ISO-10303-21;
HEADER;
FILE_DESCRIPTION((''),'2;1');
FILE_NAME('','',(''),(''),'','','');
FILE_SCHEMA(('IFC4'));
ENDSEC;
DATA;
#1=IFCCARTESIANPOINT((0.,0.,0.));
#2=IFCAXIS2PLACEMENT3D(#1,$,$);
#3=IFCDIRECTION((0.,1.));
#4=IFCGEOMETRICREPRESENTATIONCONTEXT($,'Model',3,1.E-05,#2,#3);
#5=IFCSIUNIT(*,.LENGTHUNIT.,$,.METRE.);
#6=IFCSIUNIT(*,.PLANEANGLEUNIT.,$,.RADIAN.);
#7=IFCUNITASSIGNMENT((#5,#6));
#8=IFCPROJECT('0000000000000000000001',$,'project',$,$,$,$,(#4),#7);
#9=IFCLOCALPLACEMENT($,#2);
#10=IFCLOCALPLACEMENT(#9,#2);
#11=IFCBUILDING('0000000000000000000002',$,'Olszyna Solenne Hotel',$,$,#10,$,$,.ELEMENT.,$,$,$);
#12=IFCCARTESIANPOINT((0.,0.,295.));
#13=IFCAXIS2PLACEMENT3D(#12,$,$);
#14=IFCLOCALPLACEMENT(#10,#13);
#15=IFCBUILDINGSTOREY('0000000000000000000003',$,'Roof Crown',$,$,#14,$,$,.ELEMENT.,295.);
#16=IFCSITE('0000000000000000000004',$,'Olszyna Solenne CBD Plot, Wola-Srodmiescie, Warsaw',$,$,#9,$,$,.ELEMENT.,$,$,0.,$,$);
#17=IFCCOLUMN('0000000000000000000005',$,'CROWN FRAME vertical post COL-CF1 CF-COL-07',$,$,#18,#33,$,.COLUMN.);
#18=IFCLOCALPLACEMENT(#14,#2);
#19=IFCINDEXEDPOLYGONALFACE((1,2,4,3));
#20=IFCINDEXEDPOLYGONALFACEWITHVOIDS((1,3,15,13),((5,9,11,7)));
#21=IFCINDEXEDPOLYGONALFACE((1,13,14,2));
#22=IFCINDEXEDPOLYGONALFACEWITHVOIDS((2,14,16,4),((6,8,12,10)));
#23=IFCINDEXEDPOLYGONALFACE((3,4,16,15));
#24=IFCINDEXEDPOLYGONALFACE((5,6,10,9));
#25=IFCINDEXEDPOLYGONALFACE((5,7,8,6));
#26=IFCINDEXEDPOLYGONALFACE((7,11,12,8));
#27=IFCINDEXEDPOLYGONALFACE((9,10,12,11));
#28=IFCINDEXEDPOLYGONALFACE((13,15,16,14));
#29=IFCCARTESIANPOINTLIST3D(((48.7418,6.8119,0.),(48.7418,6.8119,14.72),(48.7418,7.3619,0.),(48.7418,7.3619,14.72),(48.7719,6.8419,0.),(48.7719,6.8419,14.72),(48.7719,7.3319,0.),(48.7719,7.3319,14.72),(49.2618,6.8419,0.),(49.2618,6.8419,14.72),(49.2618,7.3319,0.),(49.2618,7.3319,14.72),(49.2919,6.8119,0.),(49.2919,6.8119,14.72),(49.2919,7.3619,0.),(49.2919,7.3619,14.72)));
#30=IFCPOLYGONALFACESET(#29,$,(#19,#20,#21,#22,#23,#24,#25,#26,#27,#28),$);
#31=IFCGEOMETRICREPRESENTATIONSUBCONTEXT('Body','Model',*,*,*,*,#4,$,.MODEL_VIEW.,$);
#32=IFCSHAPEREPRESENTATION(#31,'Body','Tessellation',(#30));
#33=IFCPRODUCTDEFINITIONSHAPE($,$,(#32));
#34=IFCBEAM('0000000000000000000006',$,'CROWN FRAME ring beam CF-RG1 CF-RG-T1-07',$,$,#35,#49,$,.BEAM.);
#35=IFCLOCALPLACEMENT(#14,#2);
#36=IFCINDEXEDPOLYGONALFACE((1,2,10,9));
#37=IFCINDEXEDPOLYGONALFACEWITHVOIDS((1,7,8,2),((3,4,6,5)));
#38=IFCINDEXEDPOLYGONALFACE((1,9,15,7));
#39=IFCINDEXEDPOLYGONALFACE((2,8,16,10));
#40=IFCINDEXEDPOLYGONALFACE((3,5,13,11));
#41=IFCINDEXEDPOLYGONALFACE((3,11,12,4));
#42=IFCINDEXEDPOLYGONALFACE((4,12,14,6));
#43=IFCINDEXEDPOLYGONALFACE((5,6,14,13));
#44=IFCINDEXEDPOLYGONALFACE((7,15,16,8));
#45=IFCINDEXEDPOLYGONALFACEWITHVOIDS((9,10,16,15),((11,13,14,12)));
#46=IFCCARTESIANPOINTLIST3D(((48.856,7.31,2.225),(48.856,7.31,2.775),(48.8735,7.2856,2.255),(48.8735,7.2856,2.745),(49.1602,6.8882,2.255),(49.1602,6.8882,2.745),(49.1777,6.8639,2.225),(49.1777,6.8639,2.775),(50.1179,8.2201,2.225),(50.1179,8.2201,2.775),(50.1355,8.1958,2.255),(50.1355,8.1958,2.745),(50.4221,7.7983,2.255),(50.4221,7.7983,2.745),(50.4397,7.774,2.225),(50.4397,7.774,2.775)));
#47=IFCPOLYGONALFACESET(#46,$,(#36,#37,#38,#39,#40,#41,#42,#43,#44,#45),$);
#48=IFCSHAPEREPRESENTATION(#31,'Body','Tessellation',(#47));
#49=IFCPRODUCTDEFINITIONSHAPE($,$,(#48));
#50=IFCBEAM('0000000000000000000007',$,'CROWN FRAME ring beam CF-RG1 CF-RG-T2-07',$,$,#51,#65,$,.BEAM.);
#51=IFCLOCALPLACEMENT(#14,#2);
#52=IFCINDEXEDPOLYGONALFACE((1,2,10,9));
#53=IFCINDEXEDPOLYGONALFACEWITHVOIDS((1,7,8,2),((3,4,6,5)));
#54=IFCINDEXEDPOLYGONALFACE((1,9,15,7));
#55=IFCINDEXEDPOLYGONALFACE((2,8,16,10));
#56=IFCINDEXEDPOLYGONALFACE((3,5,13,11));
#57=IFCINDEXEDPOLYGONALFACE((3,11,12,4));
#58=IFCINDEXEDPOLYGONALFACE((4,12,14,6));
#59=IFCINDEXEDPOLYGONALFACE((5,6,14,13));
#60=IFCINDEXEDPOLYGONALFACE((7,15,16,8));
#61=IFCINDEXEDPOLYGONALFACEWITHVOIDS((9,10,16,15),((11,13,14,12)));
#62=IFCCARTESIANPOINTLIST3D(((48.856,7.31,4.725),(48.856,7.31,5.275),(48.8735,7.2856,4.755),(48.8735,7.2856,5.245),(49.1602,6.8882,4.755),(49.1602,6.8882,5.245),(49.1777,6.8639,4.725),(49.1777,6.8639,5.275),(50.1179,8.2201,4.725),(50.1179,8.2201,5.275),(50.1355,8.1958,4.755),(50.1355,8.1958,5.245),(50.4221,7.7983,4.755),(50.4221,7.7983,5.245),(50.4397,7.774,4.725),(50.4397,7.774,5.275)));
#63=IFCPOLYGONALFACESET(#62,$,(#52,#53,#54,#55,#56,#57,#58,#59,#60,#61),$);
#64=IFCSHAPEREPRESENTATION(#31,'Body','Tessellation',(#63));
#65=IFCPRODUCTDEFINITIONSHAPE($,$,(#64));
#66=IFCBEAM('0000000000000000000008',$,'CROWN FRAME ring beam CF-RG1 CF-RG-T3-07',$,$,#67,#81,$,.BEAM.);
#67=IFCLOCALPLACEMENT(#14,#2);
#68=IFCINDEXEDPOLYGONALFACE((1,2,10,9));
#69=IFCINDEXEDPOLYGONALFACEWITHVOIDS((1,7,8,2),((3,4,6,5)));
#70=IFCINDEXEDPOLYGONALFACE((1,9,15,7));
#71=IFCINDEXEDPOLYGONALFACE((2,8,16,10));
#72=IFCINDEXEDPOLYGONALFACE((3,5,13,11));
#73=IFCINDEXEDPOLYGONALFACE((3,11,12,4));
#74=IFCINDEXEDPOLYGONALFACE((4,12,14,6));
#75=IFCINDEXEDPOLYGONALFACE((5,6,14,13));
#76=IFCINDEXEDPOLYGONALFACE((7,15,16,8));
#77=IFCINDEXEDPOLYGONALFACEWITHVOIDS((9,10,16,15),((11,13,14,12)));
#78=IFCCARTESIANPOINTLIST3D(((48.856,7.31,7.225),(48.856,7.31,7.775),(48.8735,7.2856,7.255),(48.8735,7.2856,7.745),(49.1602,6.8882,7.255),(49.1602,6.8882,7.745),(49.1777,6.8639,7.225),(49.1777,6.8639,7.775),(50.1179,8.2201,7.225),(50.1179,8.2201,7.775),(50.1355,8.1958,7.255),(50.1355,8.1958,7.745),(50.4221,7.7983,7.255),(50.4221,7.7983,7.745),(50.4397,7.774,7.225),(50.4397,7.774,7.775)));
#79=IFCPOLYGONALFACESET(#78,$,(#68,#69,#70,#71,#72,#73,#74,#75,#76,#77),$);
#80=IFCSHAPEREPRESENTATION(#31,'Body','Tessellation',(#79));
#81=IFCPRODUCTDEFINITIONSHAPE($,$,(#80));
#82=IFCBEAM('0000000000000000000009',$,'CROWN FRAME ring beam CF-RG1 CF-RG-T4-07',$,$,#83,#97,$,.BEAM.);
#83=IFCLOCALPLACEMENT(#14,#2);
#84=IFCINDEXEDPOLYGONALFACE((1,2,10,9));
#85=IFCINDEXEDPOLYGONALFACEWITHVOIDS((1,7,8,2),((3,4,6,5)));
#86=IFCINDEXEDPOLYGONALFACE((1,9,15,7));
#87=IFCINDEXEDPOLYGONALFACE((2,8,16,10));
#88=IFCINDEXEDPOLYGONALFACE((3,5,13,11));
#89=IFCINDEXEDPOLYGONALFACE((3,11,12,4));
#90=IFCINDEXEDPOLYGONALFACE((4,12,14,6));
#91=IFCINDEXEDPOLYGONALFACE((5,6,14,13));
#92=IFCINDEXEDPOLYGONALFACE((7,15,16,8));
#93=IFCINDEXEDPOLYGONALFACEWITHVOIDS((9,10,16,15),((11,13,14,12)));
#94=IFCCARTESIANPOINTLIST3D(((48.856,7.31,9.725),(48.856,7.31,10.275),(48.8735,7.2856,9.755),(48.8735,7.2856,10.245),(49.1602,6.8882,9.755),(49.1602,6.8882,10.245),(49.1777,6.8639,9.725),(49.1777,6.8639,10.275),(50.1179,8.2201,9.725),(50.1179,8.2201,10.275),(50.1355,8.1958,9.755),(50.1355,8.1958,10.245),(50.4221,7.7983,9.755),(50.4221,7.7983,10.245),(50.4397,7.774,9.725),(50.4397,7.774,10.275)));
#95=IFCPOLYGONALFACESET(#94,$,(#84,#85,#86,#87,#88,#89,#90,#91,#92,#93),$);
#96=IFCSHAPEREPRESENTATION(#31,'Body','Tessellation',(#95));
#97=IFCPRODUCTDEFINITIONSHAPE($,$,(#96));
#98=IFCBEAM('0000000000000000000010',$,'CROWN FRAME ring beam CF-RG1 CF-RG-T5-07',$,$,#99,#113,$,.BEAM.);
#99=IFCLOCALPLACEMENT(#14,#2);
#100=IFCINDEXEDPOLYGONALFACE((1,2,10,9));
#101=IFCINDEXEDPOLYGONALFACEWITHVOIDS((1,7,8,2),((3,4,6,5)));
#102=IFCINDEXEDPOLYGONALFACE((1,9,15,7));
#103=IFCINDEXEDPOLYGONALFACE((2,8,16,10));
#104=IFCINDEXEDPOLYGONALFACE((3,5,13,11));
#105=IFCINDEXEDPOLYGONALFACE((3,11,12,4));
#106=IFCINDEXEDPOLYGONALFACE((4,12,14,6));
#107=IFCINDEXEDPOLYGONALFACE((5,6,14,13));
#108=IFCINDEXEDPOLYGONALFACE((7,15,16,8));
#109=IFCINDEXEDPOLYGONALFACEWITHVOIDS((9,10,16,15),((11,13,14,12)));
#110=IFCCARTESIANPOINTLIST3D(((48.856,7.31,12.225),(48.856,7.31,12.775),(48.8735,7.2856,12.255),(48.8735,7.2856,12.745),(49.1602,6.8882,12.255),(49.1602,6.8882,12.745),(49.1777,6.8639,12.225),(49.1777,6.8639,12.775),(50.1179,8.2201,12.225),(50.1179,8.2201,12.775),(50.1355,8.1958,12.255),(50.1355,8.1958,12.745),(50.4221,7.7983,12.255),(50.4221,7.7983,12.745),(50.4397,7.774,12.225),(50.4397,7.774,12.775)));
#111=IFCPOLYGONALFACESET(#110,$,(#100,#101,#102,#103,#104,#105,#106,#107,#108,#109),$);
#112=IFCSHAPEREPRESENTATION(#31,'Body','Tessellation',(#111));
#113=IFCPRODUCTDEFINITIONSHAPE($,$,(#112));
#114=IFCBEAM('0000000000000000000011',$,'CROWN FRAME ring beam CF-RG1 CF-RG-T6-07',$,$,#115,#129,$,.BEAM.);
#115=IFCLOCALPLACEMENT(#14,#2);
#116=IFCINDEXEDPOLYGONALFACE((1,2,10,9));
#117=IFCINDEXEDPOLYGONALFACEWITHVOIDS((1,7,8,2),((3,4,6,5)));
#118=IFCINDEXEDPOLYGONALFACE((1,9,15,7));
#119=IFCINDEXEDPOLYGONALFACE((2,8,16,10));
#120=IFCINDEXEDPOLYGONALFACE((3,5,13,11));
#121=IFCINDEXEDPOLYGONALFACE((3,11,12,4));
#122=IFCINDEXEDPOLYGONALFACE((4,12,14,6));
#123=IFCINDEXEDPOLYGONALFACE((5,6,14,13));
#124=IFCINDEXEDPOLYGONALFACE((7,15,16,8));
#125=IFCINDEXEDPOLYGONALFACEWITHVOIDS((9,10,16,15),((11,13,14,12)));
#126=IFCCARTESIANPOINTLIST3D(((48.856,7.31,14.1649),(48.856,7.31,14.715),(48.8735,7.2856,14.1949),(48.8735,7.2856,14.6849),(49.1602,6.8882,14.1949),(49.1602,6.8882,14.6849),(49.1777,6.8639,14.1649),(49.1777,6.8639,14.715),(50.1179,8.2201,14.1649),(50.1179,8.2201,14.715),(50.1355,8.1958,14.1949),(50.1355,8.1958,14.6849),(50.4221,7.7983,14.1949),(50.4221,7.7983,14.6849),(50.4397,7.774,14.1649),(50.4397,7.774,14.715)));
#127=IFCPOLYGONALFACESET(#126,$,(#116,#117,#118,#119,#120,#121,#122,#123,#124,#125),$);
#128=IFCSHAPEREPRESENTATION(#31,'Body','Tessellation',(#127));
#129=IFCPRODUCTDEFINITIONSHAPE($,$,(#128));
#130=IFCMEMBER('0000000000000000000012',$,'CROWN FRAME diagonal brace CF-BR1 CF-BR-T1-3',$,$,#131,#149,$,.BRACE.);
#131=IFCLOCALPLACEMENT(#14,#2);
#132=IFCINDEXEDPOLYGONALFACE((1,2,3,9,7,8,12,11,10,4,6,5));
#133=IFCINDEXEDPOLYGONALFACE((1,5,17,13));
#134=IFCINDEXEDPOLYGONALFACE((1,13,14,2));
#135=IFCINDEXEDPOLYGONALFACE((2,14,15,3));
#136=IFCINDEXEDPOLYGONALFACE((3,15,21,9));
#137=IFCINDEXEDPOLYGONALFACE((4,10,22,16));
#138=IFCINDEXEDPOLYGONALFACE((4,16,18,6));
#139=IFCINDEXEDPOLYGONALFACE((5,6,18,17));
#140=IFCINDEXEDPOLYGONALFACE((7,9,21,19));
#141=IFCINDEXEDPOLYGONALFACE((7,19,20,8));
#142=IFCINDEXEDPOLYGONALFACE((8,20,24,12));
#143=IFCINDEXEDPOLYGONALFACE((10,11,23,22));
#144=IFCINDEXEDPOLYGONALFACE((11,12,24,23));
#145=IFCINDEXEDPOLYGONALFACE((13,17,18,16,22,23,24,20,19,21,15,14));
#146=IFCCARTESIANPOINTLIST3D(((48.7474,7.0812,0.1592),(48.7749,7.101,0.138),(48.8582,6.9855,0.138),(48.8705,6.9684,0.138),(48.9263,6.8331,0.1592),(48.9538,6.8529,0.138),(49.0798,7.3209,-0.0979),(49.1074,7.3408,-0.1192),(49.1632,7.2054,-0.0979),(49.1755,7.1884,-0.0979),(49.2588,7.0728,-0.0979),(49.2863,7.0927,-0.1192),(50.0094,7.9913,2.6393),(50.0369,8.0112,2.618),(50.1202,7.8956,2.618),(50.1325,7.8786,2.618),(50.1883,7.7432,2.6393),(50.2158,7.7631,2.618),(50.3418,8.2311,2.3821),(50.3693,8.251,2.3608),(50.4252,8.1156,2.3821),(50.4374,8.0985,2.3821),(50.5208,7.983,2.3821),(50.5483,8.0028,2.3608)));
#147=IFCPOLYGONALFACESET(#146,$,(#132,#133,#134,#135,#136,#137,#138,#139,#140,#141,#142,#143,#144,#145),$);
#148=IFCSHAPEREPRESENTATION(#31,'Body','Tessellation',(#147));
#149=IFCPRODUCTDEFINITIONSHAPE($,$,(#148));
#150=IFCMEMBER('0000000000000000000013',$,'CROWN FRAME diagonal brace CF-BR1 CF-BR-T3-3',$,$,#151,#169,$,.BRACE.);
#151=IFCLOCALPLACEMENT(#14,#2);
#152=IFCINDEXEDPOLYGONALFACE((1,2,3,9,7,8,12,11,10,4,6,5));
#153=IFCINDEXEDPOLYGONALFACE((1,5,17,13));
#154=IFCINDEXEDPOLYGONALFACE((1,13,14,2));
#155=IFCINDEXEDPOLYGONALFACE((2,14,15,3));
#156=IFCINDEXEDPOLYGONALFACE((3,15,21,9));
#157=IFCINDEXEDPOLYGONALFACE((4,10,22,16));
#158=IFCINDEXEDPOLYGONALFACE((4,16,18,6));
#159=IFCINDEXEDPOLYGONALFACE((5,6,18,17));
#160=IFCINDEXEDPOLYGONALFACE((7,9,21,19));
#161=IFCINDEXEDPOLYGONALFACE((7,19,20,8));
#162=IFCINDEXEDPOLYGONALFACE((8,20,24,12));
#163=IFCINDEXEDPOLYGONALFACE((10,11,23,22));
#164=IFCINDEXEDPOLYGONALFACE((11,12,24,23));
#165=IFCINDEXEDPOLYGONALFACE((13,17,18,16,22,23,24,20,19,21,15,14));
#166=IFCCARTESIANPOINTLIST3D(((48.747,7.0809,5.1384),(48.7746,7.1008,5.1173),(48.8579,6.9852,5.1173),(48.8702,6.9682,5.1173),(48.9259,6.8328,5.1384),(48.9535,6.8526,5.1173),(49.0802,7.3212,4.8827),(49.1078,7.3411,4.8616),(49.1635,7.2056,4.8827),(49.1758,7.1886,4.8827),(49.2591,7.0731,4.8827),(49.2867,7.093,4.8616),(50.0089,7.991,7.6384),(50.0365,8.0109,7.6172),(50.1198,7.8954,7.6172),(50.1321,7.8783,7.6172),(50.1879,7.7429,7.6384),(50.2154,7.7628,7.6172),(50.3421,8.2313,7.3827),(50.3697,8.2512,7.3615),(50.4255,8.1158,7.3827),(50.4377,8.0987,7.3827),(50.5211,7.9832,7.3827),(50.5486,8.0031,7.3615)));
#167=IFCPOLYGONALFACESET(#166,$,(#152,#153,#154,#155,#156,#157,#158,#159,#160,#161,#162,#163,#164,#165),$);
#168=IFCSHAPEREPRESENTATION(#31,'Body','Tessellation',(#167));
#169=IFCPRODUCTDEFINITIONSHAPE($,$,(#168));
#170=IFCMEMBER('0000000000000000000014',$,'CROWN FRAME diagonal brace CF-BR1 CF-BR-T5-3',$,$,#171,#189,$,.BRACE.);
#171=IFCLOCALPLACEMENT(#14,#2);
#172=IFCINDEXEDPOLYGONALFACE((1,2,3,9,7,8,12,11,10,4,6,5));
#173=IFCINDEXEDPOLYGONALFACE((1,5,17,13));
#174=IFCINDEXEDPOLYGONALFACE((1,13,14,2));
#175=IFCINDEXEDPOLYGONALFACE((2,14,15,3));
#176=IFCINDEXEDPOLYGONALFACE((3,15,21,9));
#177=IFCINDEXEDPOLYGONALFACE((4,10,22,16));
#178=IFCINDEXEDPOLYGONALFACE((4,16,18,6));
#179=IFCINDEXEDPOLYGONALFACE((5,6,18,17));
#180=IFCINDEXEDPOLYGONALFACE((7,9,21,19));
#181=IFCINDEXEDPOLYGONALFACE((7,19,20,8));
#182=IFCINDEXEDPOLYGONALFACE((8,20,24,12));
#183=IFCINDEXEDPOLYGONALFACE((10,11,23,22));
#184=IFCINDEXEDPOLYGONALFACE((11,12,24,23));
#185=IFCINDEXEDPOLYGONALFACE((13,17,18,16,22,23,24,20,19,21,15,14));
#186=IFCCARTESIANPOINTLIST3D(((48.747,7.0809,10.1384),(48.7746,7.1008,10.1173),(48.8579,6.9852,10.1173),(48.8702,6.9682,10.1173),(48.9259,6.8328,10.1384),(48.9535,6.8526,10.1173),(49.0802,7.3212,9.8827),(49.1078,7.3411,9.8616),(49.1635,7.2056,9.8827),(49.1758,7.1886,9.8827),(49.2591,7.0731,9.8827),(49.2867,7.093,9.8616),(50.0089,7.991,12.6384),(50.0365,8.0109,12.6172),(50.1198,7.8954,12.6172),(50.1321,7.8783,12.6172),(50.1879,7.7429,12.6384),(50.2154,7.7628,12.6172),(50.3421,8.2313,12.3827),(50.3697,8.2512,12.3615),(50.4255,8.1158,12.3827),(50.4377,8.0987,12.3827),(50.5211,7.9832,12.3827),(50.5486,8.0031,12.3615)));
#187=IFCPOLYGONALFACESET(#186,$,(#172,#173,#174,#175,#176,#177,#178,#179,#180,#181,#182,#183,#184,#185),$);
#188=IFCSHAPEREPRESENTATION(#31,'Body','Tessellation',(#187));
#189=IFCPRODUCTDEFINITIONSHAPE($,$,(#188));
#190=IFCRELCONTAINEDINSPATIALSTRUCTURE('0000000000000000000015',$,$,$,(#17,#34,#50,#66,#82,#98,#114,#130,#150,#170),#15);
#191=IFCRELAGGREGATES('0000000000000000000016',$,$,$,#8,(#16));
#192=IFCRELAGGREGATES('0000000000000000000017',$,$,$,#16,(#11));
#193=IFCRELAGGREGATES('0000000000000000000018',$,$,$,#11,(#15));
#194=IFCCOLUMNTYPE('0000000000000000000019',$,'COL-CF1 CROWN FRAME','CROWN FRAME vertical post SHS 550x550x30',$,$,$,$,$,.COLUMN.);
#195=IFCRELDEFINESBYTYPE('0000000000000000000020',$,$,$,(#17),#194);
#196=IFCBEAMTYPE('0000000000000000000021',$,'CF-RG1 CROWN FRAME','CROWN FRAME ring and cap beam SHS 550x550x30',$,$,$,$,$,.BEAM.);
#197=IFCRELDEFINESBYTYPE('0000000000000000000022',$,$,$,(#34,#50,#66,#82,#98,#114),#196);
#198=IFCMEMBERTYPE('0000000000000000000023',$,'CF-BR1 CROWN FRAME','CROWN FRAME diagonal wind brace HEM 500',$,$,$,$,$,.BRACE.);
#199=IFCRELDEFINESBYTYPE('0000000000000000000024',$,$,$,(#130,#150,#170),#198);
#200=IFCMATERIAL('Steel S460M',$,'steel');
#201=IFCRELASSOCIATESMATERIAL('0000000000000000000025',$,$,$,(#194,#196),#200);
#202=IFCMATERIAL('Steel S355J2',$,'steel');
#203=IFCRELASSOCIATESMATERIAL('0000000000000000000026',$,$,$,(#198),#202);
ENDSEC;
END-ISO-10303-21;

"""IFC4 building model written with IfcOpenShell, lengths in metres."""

from ifc_helpers import new_model, si_unit, direction, frame, origin, origin_2d, place, context, subcontext, project, spatial, hollow_rectangle, i_section, extrude, source, transform, mapped, material, material_profile, profile_set, type_object, element, save


model = new_model("IFC4")

# Units and contexts
model_context = context("Model", 3, precision=1e-05, world=origin(), true_north=direction((0.0, 1.0)))
body_context = subcontext(model_context, "Body", "Model", "MODEL_VIEW")
ifc_project = project(units=[si_unit("LENGTHUNIT", "METRE"), si_unit("PLANEANGLEUNIT", "RADIAN")], contexts=[model_context])

# Site, building, storey
site_placement = place(None, origin())
site = spatial("IfcSite", under=ifc_project, at=site_placement, Name="Olszyna Solenne CBD Plot, Wola-Srodmiescie, Warsaw", CompositionType="ELEMENT", RefElevation=0.0)
building_placement = place(site_placement, origin())
building = spatial("IfcBuilding", under=site, at=building_placement, Name="Olszyna Solenne Hotel", CompositionType="ELEMENT")
storey_placement = place(building_placement, frame((0.0, 0.0, 295.0)))
storey = spatial("IfcBuildingStorey", under=building, at=storey_placement, Name="Roof Crown", CompositionType="ELEMENT", Elevation=295.0)

# Column
ifc_material_1 = material(Name="Steel S460M", Category="steel")
ifc_material_profile_1 = material_profile(ifc_material_1, hollow_rectangle(XDim=0.55, YDim=0.55, WallThickness=0.03, at=origin_2d()), Name="SHS 550x550x30", Category="load-bearing")
ifc_profile_set_1 = profile_set([ifc_material_profile_1], Name="Steel S460M")
column_type = type_object("IfcColumnType", Name="COL-CF1 CROWN FRAME", Description="CROWN FRAME vertical post SHS 550x550x30", PredefinedType="COLUMN", material=ifc_profile_set_1)
shared_shape_1 = source(origin(), body_context, "Body", "SweptSolid", [
    extrude(hollow_rectangle(XDim=0.55, YDim=0.55, WallThickness=0.03, at=origin_2d()), origin(), (0.0, 0.0, 1.0), 14.72),
])
column_placement = place(storey_placement, frame((49.0168, 7.0869, 0.0), z_axis=(0.0, 0.0, 1.0), x_axis=(1.0, 0.0, 0.0)))
element("IfcColumn", 1, at=column_placement, inside=storey, type_object=column_type, Name="CROWN FRAME vertical post COL-CF1 CF-COL-07", PredefinedType="COLUMN", context=body_context, shape_type="MappedRepresentation", body=[
    mapped(shared_shape_1, transform((0.0, 0.0, 0.0), x_axis=(1.0, 0.0, 0.0), y_axis=(0.0, 1.0, 0.0), z_axis=(0.0, 0.0, 1.0), scale=1.0)),
])

# Beams
ifc_material_profile_2 = material_profile(ifc_material_1, hollow_rectangle(XDim=0.55, YDim=0.55, WallThickness=0.03, at=origin_2d()), Name="SHS 550x550x30", Category="load-bearing")
ifc_profile_set_2 = profile_set([ifc_material_profile_2], Name="Steel S460M")
beam_type = type_object("IfcBeamType", Name="CF-RG1 CROWN FRAME", Description="CROWN FRAME ring and cap beam SHS 550x550x30", PredefinedType="BEAM", material=ifc_profile_set_2)
shared_shape_2 = source(origin(), body_context, "Body", "SweptSolid", [
    extrude(hollow_rectangle(XDim=0.55, YDim=0.55, WallThickness=0.03, at=origin_2d()), origin(), (0.0, 0.0, 1.0), 1.5559),
])
for number, where, z_axis, x_axis, name in (
    (2, (49.0168, 7.0869, 2.5), (0.811064, 0.584958, 0.0), (-0.584958, 0.811064, 0.0), "CROWN FRAME ring beam CF-RG1 CF-RG-T1-07"),
    (3, (49.0168, 7.0869, 5.0), (0.811064, 0.584958, 0.0), (-0.584958, 0.811064, 0.0), "CROWN FRAME ring beam CF-RG1 CF-RG-T2-07"),
    (4, (49.0168, 7.0869, 7.5), (0.811064, 0.584958, 0.0), (-0.584958, 0.811064, 0.0), "CROWN FRAME ring beam CF-RG1 CF-RG-T3-07"),
    (5, (49.0168, 7.0869, 10.0), (0.811064, 0.584958, 0.0), (-0.584958, 0.811064, 0.0), "CROWN FRAME ring beam CF-RG1 CF-RG-T4-07"),
    (6, (49.0168, 7.0869, 12.5), (0.811064, 0.584958, 0.0), (-0.584958, 0.811064, 0.0), "CROWN FRAME ring beam CF-RG1 CF-RG-T5-07"),
    (7, (49.0168, 7.0869, 14.4399), (0.811064, 0.584958, 0.0), (-0.584958, 0.811064, 0.0), "CROWN FRAME ring beam CF-RG1 CF-RG-T6-07"),
):
    element("IfcBeam", number, at=place(storey_placement, frame(where, z_axis=z_axis, x_axis=x_axis)), inside=storey, type_object=beam_type, Name=name, PredefinedType="BEAM", context=body_context, shape_type="MappedRepresentation", body=[
        mapped(shared_shape_2, transform((0.0, 0.0, 0.0), x_axis=(1.0, 0.0, 0.0), y_axis=(0.0, 1.0, 0.0), z_axis=(0.0, 0.0, 1.0), scale=1.0)),
    ])

# Members
ifc_material_2 = material(Name="Steel S355J2", Category="steel")
ifc_material_profile_3 = material_profile(ifc_material_2, i_section(OverallWidth=0.3059, OverallDepth=0.5239, WebThickness=0.021, FlangeThickness=0.04, at=origin_2d()), Name="HEM 500", Category="load-bearing")
ifc_profile_set_3 = profile_set([ifc_material_profile_3], Name="Steel S355J2")
member_type = type_object("IfcMemberType", Name="CF-BR1 CROWN FRAME", Description="CROWN FRAME diagonal wind brace HEM 500", PredefinedType="BRACE", material=ifc_profile_set_3)
shared_shape_3 = source(origin(), body_context, "Body", "SweptSolid", [
    extrude(i_section(OverallWidth=0.3059, OverallDepth=0.5239, WebThickness=0.021, FlangeThickness=0.04, at=origin_2d()), origin(), (0.0, 0.0, 1.0), 2.9277),
])
member_placement = place(storey_placement, frame((49.0168, 7.0869, 0.02), z_axis=(0.431047, 0.310881, 0.847084), x_axis=(-0.584958, 0.811064, 0.0)))
element("IfcMember", 8, at=member_placement, inside=storey, type_object=member_type, Name="CROWN FRAME diagonal brace CF-BR1 CF-BR-T1-3", PredefinedType="BRACE", context=body_context, shape_type="MappedRepresentation", body=[
    mapped(shared_shape_3, transform((0.0, 0.0, 0.0), x_axis=(1.0, 0.0, 0.0), y_axis=(0.0, 1.0, 0.0), z_axis=(0.0, 0.0, 1.0), scale=1.0)),
])
shared_shape_4 = source(origin(), body_context, "Body", "SweptSolid", [
    extrude(i_section(OverallWidth=0.3059, OverallDepth=0.5239, WebThickness=0.021, FlangeThickness=0.04, at=origin_2d()), origin(), (0.0, 0.0, 1.0), 2.9446),
])
for number, where, z_axis, x_axis, name in (
    (9, (49.0168, 7.0869, 5.0), (0.428562, 0.309089, 0.848999), (-0.584958, 0.811064, 0.0), "CROWN FRAME diagonal brace CF-BR1 CF-BR-T3-3"),
    (10, (49.0168, 7.0869, 10.0), (0.428562, 0.309089, 0.848999), (-0.584958, 0.811064, 0.0), "CROWN FRAME diagonal brace CF-BR1 CF-BR-T5-3"),
):
    element("IfcMember", number, at=place(storey_placement, frame(where, z_axis=z_axis, x_axis=x_axis)), inside=storey, type_object=member_type, Name=name, PredefinedType="BRACE", context=body_context, shape_type="MappedRepresentation", body=[
        mapped(shared_shape_4, transform((0.0, 0.0, 0.0), x_axis=(1.0, 0.0, 0.0), y_axis=(0.0, 1.0, 0.0), z_axis=(0.0, 0.0, 1.0), scale=1.0)),
    ])

save(model, "model.ifc")
